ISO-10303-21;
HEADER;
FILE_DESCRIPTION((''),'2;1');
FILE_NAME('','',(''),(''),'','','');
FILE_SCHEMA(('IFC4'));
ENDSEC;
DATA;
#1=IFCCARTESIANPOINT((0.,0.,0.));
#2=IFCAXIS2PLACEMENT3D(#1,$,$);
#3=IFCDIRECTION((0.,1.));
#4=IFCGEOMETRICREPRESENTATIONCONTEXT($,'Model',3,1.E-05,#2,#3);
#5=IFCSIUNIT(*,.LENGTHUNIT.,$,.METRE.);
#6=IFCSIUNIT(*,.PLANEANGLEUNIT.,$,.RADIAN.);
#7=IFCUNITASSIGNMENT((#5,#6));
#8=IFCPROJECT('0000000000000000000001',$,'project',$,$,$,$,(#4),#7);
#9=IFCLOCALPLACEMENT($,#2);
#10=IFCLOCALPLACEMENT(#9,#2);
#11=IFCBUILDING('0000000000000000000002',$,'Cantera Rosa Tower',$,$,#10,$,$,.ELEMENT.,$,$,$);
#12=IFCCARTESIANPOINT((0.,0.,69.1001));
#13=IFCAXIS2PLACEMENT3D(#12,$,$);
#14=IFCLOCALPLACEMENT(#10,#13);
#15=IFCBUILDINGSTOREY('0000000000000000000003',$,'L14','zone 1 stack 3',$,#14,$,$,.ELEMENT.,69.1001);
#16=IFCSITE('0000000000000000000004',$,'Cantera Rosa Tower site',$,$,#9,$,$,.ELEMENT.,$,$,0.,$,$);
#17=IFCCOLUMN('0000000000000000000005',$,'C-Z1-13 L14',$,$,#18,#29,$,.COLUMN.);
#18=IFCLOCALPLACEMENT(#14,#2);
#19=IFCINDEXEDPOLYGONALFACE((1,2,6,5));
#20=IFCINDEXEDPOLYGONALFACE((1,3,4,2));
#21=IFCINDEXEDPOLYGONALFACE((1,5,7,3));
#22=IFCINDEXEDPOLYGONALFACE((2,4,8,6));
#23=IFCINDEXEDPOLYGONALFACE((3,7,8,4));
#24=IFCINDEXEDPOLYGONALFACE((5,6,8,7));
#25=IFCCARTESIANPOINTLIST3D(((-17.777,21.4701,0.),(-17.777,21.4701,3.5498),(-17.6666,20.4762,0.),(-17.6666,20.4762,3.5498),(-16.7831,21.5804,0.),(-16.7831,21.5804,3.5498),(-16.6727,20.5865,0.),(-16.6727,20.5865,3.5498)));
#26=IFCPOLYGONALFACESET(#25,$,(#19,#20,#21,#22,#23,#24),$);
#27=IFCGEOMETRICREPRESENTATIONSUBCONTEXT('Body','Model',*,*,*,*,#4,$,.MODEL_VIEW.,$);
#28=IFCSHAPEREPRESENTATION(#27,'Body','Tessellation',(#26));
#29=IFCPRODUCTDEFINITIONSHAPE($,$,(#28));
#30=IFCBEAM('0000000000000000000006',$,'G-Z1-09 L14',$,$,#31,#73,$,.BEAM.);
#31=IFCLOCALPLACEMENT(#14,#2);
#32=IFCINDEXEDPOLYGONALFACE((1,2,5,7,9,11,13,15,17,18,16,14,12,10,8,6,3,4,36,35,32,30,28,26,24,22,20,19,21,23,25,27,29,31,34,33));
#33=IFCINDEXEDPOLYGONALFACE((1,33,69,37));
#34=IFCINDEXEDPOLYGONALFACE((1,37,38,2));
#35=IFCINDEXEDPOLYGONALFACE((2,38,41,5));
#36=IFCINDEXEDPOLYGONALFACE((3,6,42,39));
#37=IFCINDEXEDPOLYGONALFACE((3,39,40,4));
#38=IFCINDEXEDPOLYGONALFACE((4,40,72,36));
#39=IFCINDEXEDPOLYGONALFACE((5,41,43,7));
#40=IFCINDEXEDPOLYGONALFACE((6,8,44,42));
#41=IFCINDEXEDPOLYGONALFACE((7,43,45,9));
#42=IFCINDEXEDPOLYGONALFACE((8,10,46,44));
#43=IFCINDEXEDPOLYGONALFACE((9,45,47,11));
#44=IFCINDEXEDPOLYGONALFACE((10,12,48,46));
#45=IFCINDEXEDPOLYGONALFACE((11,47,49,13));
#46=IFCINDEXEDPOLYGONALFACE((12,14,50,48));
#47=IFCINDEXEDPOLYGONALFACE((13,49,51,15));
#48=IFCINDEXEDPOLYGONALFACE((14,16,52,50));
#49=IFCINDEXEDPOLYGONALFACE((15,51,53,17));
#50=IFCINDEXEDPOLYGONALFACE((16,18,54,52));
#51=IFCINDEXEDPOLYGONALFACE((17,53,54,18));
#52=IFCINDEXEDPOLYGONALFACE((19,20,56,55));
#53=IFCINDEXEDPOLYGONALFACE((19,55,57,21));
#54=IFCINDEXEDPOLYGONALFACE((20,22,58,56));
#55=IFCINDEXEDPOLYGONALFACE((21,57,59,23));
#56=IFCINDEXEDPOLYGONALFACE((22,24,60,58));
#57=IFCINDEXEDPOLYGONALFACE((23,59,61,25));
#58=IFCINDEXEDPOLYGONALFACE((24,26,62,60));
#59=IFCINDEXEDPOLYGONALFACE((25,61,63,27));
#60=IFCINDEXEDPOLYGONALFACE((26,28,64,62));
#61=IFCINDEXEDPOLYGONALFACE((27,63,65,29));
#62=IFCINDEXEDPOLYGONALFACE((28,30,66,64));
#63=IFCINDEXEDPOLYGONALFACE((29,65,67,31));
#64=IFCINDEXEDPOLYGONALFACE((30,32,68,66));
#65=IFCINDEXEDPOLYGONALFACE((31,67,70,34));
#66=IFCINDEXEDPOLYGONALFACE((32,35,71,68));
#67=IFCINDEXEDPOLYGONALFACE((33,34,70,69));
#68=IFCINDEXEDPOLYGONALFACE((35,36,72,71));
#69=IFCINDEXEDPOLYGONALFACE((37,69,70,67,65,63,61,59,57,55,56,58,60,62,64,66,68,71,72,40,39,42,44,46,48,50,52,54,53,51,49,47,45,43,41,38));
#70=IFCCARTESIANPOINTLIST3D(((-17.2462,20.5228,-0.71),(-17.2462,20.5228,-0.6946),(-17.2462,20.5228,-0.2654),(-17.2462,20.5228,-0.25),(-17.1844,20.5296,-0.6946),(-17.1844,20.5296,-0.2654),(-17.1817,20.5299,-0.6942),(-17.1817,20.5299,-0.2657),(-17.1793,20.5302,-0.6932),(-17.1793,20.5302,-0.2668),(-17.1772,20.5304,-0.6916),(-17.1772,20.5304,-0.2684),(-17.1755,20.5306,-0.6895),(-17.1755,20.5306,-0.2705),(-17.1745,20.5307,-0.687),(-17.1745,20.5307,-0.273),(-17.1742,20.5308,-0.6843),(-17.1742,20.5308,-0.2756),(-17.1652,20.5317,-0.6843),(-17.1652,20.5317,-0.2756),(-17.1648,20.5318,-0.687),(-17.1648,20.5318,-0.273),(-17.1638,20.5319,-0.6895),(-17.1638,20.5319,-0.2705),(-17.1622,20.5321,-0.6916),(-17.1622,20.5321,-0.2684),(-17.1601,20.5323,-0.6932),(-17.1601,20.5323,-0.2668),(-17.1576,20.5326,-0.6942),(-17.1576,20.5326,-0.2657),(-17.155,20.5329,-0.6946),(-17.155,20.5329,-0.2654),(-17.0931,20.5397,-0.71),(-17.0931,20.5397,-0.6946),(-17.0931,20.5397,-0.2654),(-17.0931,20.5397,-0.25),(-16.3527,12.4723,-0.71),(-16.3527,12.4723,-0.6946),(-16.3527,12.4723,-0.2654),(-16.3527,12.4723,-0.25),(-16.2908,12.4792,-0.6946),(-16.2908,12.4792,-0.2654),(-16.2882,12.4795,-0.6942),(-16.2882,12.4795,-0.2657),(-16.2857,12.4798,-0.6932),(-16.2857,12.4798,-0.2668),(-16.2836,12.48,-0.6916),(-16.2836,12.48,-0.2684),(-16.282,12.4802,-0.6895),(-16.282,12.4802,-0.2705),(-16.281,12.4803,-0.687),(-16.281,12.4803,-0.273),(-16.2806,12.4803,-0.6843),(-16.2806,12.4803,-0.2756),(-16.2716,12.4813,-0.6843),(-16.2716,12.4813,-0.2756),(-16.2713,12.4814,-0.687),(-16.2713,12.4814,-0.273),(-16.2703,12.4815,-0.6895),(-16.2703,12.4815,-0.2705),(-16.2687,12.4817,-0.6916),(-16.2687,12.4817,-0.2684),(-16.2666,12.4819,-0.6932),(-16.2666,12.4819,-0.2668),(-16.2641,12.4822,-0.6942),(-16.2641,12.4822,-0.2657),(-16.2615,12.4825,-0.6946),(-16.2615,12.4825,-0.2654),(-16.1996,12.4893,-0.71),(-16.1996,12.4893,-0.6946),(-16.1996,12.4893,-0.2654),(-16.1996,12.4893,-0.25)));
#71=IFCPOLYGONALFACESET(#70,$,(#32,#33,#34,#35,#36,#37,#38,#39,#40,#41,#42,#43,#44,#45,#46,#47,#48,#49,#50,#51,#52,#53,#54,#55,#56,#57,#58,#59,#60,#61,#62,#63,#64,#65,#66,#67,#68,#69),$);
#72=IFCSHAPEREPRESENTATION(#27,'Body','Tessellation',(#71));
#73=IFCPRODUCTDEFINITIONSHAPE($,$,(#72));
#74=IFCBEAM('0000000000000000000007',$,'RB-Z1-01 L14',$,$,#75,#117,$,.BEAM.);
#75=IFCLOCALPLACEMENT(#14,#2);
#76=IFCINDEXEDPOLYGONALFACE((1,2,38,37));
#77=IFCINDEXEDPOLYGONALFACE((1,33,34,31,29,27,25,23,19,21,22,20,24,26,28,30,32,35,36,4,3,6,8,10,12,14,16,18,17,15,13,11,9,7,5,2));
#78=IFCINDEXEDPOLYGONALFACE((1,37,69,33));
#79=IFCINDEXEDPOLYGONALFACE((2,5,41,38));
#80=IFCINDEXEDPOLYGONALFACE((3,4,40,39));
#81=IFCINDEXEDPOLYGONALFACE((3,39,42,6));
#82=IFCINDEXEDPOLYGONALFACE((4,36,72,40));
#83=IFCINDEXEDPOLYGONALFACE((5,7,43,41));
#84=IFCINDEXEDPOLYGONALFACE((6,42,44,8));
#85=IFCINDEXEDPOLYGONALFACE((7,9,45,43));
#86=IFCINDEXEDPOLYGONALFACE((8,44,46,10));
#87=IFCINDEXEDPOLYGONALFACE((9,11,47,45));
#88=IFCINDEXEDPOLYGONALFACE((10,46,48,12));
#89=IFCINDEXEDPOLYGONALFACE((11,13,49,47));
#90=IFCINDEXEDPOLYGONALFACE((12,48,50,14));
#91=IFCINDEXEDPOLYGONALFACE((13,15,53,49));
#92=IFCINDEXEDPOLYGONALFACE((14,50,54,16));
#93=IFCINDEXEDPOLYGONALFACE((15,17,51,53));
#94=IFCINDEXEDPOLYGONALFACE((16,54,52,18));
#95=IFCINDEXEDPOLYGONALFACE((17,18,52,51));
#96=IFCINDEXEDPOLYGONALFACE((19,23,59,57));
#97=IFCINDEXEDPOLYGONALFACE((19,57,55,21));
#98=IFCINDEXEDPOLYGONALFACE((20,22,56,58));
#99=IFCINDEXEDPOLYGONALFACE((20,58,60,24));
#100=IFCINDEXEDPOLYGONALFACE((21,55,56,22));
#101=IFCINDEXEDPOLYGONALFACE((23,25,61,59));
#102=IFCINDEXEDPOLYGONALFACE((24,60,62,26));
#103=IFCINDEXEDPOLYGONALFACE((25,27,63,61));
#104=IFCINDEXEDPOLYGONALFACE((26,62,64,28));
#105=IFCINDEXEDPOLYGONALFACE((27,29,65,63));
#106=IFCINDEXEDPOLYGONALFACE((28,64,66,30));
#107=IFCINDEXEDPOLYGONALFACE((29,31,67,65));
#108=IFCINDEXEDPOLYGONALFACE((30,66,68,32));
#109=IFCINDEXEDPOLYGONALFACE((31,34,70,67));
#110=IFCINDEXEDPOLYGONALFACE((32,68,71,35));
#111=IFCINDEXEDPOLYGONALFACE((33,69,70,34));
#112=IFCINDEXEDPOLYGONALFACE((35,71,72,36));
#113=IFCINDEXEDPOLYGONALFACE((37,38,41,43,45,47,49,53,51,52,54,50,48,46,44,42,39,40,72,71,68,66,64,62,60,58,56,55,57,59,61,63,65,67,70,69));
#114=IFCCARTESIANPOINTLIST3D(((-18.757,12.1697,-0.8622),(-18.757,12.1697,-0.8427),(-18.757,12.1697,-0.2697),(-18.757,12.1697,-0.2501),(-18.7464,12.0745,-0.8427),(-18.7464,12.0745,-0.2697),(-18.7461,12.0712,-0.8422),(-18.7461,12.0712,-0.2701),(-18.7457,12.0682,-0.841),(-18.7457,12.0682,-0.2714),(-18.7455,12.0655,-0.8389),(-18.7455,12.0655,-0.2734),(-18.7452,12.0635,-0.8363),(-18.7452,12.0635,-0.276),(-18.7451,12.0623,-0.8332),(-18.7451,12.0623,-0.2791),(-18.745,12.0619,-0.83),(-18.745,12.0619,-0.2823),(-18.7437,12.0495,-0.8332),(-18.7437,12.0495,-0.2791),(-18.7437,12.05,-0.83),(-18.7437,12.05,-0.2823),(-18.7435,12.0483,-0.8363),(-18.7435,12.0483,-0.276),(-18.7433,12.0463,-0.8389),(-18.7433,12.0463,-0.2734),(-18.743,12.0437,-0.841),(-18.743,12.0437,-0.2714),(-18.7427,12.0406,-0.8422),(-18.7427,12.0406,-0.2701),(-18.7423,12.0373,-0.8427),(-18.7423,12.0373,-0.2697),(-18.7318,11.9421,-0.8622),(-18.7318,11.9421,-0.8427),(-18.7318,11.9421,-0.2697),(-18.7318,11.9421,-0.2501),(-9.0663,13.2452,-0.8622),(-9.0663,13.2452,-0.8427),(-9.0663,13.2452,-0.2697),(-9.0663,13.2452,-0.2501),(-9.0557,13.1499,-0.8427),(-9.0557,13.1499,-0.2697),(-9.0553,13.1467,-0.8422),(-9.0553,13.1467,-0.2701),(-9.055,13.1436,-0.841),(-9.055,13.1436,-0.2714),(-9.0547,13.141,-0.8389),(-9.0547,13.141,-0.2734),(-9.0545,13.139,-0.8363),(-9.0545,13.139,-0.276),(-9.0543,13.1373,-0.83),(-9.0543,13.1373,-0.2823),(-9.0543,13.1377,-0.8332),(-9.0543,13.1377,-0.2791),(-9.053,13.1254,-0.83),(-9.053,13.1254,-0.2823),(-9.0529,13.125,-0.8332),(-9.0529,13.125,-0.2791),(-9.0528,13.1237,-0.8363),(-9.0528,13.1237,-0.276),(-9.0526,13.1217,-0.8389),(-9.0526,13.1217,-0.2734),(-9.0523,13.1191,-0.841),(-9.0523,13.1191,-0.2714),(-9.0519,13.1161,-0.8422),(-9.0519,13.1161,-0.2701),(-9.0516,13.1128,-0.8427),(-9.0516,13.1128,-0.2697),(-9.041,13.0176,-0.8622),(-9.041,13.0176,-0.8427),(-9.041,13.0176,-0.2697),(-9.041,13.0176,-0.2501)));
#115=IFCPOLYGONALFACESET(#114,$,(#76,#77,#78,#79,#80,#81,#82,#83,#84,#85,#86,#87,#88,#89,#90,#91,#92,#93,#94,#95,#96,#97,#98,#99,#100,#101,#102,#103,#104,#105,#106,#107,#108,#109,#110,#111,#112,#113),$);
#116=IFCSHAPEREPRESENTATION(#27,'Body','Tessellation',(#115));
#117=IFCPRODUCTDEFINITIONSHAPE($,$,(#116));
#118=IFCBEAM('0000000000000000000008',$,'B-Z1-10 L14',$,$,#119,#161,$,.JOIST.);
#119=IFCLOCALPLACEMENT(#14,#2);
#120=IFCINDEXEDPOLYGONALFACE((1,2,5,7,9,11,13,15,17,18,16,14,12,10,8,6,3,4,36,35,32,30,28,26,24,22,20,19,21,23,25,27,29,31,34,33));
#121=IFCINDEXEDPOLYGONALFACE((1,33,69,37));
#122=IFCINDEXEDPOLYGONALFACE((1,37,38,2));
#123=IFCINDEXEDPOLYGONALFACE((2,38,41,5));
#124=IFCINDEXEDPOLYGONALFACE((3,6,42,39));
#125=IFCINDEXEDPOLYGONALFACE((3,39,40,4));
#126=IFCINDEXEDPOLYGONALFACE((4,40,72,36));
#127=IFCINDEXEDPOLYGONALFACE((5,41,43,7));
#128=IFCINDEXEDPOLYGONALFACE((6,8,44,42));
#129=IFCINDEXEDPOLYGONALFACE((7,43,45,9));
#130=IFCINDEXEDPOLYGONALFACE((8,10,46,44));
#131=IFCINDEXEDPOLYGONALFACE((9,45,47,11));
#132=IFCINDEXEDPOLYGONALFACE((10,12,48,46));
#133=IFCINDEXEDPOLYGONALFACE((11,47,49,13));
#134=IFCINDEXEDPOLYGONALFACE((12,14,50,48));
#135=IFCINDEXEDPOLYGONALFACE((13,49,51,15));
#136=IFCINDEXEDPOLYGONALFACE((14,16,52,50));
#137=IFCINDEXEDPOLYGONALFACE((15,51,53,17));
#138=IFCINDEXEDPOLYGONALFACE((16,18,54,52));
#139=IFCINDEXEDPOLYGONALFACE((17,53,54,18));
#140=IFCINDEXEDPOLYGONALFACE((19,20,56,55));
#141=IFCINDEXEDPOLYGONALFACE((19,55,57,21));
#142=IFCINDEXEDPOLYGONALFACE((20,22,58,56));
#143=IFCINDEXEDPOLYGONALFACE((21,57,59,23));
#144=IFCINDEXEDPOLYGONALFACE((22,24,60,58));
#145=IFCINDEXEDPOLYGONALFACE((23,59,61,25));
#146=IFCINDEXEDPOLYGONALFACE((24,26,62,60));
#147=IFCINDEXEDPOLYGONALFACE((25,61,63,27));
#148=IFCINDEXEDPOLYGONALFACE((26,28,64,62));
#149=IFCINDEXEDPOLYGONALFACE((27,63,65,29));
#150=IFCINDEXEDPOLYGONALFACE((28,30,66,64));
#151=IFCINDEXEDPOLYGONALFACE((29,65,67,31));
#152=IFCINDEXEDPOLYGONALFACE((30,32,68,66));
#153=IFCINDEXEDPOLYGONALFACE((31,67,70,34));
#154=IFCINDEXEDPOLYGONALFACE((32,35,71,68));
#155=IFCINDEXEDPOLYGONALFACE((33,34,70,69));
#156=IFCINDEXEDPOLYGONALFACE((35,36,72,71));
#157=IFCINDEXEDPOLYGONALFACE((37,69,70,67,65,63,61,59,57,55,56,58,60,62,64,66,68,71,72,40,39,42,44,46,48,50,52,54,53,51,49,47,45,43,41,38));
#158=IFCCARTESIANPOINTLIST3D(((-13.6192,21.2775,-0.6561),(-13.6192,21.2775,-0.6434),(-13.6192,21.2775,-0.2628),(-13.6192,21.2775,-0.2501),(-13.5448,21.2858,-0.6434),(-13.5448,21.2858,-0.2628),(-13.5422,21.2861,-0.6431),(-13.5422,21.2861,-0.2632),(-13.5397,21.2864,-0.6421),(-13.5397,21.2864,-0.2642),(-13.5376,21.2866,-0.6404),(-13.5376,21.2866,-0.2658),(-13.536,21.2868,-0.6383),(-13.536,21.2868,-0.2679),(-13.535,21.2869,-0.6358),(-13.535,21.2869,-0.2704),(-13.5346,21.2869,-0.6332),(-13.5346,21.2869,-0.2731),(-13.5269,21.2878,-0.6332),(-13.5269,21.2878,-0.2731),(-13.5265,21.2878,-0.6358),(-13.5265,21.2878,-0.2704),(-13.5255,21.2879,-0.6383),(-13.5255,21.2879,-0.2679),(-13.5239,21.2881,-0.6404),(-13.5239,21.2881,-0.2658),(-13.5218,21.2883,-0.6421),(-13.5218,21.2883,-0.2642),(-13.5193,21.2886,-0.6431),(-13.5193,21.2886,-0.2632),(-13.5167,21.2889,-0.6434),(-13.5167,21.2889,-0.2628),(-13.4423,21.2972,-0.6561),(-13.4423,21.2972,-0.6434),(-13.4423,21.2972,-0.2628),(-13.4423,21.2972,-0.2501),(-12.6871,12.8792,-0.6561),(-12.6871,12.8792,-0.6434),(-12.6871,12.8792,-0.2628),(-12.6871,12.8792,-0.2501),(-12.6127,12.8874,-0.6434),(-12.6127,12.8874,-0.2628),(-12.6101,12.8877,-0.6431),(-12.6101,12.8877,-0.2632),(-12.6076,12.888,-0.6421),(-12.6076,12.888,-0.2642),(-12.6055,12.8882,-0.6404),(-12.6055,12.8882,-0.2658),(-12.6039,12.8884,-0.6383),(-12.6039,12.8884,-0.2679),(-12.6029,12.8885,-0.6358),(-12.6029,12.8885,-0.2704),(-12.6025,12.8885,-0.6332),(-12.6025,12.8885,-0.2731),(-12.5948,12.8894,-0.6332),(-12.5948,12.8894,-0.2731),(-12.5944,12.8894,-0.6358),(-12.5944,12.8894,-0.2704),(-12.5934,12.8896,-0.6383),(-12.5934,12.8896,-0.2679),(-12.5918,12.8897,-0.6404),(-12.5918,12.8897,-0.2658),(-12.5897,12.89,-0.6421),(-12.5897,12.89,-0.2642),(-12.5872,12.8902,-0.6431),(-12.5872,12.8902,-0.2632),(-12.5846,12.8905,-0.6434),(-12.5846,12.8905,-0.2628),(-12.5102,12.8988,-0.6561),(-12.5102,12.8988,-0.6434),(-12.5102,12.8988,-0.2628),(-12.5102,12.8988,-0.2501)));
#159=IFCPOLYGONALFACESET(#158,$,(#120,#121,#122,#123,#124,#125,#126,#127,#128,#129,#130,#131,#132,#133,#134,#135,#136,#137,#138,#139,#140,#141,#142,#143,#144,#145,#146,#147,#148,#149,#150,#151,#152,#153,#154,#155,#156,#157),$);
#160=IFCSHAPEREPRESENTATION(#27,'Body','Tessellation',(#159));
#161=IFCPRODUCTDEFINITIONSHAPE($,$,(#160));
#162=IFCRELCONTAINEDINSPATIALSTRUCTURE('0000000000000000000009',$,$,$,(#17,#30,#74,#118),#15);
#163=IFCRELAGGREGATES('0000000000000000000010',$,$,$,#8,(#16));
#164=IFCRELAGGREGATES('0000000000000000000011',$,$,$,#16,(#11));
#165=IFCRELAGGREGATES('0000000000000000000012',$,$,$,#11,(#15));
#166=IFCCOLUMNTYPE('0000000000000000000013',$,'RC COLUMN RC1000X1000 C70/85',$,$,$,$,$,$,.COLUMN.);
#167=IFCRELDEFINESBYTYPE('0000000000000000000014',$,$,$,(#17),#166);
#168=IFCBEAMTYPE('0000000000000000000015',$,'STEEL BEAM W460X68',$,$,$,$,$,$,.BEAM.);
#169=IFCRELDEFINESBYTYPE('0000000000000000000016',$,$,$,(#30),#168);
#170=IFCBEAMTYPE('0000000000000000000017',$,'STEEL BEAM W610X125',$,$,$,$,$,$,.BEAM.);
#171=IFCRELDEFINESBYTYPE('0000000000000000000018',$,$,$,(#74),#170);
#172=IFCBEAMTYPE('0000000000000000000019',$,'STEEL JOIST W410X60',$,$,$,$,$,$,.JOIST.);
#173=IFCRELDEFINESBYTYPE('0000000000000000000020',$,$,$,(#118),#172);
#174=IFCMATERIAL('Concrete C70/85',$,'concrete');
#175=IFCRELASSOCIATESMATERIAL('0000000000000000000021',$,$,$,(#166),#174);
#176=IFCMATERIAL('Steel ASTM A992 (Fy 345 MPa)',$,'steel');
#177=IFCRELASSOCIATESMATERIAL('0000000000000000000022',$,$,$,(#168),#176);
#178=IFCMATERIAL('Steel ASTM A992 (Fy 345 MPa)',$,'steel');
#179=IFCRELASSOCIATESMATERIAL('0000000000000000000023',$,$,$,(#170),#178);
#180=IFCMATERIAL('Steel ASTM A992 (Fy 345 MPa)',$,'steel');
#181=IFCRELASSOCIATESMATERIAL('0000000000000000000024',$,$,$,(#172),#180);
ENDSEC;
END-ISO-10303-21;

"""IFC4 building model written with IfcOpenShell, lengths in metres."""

from ifc_helpers import new_model, si_unit, direction, frame, origin, origin_2d, place, context, subcontext, project, spatial, rectangle, i_section, extrude, material, material_profile, profile_set, type_object, element, save


model = new_model("IFC4")

# Units and contexts
model_context = context("Model", 3, precision=1e-05, world=origin(), true_north=direction((0.0, 1.0)))
body_context = subcontext(model_context, "Body", "Model", "MODEL_VIEW")
ifc_project = project(units=[si_unit("LENGTHUNIT", "METRE"), si_unit("PLANEANGLEUNIT", "RADIAN")], contexts=[model_context])

# Site, building, storey
site_placement = place(None, origin())
site = spatial("IfcSite", under=ifc_project, at=site_placement, Name="Cantera Rosa Tower site", CompositionType="ELEMENT", RefElevation=0.0)
building_placement = place(site_placement, origin())
building = spatial("IfcBuilding", under=site, at=building_placement, Name="Cantera Rosa Tower", CompositionType="ELEMENT")
storey_placement = place(building_placement, frame((0.0, 0.0, 69.1001)))
storey = spatial("IfcBuildingStorey", under=building, at=storey_placement, Name="L14", Description="zone 1 stack 3", CompositionType="ELEMENT", Elevation=69.1001)

# Column
ifc_material_1 = material(Name="Concrete C70/85", Category="concrete")
ifc_material_profile_1 = material_profile(ifc_material_1, rectangle(XDim=1.0, YDim=1.0, at=origin_2d()), Name="RC COLUMN RC1000X1000 C70/85")
ifc_profile_set_1 = profile_set([ifc_material_profile_1], Name="Concrete C70/85")
column_type = type_object("IfcColumnType", Name="RC COLUMN RC1000X1000 C70/85", PredefinedType="COLUMN", material=ifc_profile_set_1)
column_placement = place(storey_placement, frame((-17.2249, 21.0283, 0.0), z_axis=(0.0, 0.0, 1.0), x_axis=(0.993897, 0.110313, 0.0)))
element("IfcColumn", 1, at=column_placement, inside=storey, type_object=column_type, Name="C-Z1-13 L14", PredefinedType="COLUMN", context=body_context, shape_type="SweptSolid", body=[
    extrude(rectangle(XDim=1.0, YDim=1.0, at=origin_2d()), origin(), (0.0, 0.0, 1.0), 3.5498),
])

# Beams
ifc_material_2 = material(Name="Steel ASTM A992 (Fy 345 MPa)", Category="steel")
ifc_material_profile_2 = material_profile(ifc_material_2, i_section(OverallWidth=0.1541, OverallDepth=0.46, WebThickness=0.009, FlangeThickness=0.0154, FilletRadius=0.0103, at=origin_2d()), Name="W460X68")
ifc_profile_set_2 = profile_set([ifc_material_profile_2], Name="Steel ASTM A992 (Fy 345 MPa)")
beam_type_1 = type_object("IfcBeamType", Name="STEEL BEAM W460X68", PredefinedType="BEAM", material=ifc_profile_set_2)
beam_1_placement = place(storey_placement, frame((-17.1697, 20.5312, -0.48), z_axis=(0.110316, -0.993897, 0.0), x_axis=(0.993897, 0.110316, 0.0)))
element("IfcBeam", 2, at=beam_1_placement, inside=storey, type_object=beam_type_1, Name="G-Z1-09 L14", PredefinedType="BEAM", context=body_context, shape_type="SweptSolid", body=[
    extrude(i_section(OverallWidth=0.1541, OverallDepth=0.46, WebThickness=0.009, FlangeThickness=0.0154, FilletRadius=0.0103, at=origin_2d()), origin(), (0.0, 0.0, 1.0), 8.0999),
])
ifc_material_3 = material(Name="Steel ASTM A992 (Fy 345 MPa)", Category="steel")
ifc_material_profile_3 = material_profile(ifc_material_3, i_section(OverallWidth=0.229, OverallDepth=0.6121, WebThickness=0.012, FlangeThickness=0.0195, FilletRadius=0.0127, at=origin_2d()), Name="W610X125")
ifc_profile_set_3 = profile_set([ifc_material_profile_3], Name="Steel ASTM A992 (Fy 345 MPa)")
beam_type_2 = type_object("IfcBeamType", Name="STEEL BEAM W610X125", PredefinedType="BEAM", material=ifc_profile_set_3)
beam_2_placement = place(storey_placement, frame((-18.7444, 12.0559, -0.5562), z_axis=(0.993898, 0.1103, 0.0), x_axis=(-0.1103, 0.993898, 0.0)))
element("IfcBeam", 3, at=beam_2_placement, inside=storey, type_object=beam_type_2, Name="RB-Z1-01 L14", PredefinedType="BEAM", context=body_context, shape_type="SweptSolid", body=[
    extrude(i_section(OverallWidth=0.229, OverallDepth=0.6121, WebThickness=0.012, FlangeThickness=0.0195, FilletRadius=0.0127, at=origin_2d()), origin(), (0.0, 0.0, 1.0), 9.7502),
])
ifc_material_4 = material(Name="Steel ASTM A992 (Fy 345 MPa)", Category="steel")
ifc_material_profile_4 = material_profile(ifc_material_4, i_section(OverallWidth=0.178, OverallDepth=0.406, WebThickness=0.0078, FlangeThickness=0.0127, FilletRadius=0.0103, at=origin_2d()), Name="W410X60")
ifc_profile_set_4 = profile_set([ifc_material_profile_4], Name="Steel ASTM A992 (Fy 345 MPa)")
beam_type_3 = type_object("IfcBeamType", Name="STEEL JOIST W410X60", PredefinedType="JOIST", material=ifc_profile_set_4)
beam_3_placement = place(storey_placement, frame((-13.5308, 21.2874, -0.4531), z_axis=(0.110311, -0.993897, 0.0), x_axis=(0.993897, 0.110311, 0.0)))
element("IfcBeam", 4, at=beam_3_placement, inside=storey, type_object=beam_type_3, Name="B-Z1-10 L14", PredefinedType="JOIST", context=body_context, shape_type="SweptSolid", body=[
    extrude(i_section(OverallWidth=0.178, OverallDepth=0.406, WebThickness=0.0078, FlangeThickness=0.0127, FilletRadius=0.0103, at=origin_2d()), origin(), (0.0, 0.0, 1.0), 8.45),
])

save(model, "model.ifc")
